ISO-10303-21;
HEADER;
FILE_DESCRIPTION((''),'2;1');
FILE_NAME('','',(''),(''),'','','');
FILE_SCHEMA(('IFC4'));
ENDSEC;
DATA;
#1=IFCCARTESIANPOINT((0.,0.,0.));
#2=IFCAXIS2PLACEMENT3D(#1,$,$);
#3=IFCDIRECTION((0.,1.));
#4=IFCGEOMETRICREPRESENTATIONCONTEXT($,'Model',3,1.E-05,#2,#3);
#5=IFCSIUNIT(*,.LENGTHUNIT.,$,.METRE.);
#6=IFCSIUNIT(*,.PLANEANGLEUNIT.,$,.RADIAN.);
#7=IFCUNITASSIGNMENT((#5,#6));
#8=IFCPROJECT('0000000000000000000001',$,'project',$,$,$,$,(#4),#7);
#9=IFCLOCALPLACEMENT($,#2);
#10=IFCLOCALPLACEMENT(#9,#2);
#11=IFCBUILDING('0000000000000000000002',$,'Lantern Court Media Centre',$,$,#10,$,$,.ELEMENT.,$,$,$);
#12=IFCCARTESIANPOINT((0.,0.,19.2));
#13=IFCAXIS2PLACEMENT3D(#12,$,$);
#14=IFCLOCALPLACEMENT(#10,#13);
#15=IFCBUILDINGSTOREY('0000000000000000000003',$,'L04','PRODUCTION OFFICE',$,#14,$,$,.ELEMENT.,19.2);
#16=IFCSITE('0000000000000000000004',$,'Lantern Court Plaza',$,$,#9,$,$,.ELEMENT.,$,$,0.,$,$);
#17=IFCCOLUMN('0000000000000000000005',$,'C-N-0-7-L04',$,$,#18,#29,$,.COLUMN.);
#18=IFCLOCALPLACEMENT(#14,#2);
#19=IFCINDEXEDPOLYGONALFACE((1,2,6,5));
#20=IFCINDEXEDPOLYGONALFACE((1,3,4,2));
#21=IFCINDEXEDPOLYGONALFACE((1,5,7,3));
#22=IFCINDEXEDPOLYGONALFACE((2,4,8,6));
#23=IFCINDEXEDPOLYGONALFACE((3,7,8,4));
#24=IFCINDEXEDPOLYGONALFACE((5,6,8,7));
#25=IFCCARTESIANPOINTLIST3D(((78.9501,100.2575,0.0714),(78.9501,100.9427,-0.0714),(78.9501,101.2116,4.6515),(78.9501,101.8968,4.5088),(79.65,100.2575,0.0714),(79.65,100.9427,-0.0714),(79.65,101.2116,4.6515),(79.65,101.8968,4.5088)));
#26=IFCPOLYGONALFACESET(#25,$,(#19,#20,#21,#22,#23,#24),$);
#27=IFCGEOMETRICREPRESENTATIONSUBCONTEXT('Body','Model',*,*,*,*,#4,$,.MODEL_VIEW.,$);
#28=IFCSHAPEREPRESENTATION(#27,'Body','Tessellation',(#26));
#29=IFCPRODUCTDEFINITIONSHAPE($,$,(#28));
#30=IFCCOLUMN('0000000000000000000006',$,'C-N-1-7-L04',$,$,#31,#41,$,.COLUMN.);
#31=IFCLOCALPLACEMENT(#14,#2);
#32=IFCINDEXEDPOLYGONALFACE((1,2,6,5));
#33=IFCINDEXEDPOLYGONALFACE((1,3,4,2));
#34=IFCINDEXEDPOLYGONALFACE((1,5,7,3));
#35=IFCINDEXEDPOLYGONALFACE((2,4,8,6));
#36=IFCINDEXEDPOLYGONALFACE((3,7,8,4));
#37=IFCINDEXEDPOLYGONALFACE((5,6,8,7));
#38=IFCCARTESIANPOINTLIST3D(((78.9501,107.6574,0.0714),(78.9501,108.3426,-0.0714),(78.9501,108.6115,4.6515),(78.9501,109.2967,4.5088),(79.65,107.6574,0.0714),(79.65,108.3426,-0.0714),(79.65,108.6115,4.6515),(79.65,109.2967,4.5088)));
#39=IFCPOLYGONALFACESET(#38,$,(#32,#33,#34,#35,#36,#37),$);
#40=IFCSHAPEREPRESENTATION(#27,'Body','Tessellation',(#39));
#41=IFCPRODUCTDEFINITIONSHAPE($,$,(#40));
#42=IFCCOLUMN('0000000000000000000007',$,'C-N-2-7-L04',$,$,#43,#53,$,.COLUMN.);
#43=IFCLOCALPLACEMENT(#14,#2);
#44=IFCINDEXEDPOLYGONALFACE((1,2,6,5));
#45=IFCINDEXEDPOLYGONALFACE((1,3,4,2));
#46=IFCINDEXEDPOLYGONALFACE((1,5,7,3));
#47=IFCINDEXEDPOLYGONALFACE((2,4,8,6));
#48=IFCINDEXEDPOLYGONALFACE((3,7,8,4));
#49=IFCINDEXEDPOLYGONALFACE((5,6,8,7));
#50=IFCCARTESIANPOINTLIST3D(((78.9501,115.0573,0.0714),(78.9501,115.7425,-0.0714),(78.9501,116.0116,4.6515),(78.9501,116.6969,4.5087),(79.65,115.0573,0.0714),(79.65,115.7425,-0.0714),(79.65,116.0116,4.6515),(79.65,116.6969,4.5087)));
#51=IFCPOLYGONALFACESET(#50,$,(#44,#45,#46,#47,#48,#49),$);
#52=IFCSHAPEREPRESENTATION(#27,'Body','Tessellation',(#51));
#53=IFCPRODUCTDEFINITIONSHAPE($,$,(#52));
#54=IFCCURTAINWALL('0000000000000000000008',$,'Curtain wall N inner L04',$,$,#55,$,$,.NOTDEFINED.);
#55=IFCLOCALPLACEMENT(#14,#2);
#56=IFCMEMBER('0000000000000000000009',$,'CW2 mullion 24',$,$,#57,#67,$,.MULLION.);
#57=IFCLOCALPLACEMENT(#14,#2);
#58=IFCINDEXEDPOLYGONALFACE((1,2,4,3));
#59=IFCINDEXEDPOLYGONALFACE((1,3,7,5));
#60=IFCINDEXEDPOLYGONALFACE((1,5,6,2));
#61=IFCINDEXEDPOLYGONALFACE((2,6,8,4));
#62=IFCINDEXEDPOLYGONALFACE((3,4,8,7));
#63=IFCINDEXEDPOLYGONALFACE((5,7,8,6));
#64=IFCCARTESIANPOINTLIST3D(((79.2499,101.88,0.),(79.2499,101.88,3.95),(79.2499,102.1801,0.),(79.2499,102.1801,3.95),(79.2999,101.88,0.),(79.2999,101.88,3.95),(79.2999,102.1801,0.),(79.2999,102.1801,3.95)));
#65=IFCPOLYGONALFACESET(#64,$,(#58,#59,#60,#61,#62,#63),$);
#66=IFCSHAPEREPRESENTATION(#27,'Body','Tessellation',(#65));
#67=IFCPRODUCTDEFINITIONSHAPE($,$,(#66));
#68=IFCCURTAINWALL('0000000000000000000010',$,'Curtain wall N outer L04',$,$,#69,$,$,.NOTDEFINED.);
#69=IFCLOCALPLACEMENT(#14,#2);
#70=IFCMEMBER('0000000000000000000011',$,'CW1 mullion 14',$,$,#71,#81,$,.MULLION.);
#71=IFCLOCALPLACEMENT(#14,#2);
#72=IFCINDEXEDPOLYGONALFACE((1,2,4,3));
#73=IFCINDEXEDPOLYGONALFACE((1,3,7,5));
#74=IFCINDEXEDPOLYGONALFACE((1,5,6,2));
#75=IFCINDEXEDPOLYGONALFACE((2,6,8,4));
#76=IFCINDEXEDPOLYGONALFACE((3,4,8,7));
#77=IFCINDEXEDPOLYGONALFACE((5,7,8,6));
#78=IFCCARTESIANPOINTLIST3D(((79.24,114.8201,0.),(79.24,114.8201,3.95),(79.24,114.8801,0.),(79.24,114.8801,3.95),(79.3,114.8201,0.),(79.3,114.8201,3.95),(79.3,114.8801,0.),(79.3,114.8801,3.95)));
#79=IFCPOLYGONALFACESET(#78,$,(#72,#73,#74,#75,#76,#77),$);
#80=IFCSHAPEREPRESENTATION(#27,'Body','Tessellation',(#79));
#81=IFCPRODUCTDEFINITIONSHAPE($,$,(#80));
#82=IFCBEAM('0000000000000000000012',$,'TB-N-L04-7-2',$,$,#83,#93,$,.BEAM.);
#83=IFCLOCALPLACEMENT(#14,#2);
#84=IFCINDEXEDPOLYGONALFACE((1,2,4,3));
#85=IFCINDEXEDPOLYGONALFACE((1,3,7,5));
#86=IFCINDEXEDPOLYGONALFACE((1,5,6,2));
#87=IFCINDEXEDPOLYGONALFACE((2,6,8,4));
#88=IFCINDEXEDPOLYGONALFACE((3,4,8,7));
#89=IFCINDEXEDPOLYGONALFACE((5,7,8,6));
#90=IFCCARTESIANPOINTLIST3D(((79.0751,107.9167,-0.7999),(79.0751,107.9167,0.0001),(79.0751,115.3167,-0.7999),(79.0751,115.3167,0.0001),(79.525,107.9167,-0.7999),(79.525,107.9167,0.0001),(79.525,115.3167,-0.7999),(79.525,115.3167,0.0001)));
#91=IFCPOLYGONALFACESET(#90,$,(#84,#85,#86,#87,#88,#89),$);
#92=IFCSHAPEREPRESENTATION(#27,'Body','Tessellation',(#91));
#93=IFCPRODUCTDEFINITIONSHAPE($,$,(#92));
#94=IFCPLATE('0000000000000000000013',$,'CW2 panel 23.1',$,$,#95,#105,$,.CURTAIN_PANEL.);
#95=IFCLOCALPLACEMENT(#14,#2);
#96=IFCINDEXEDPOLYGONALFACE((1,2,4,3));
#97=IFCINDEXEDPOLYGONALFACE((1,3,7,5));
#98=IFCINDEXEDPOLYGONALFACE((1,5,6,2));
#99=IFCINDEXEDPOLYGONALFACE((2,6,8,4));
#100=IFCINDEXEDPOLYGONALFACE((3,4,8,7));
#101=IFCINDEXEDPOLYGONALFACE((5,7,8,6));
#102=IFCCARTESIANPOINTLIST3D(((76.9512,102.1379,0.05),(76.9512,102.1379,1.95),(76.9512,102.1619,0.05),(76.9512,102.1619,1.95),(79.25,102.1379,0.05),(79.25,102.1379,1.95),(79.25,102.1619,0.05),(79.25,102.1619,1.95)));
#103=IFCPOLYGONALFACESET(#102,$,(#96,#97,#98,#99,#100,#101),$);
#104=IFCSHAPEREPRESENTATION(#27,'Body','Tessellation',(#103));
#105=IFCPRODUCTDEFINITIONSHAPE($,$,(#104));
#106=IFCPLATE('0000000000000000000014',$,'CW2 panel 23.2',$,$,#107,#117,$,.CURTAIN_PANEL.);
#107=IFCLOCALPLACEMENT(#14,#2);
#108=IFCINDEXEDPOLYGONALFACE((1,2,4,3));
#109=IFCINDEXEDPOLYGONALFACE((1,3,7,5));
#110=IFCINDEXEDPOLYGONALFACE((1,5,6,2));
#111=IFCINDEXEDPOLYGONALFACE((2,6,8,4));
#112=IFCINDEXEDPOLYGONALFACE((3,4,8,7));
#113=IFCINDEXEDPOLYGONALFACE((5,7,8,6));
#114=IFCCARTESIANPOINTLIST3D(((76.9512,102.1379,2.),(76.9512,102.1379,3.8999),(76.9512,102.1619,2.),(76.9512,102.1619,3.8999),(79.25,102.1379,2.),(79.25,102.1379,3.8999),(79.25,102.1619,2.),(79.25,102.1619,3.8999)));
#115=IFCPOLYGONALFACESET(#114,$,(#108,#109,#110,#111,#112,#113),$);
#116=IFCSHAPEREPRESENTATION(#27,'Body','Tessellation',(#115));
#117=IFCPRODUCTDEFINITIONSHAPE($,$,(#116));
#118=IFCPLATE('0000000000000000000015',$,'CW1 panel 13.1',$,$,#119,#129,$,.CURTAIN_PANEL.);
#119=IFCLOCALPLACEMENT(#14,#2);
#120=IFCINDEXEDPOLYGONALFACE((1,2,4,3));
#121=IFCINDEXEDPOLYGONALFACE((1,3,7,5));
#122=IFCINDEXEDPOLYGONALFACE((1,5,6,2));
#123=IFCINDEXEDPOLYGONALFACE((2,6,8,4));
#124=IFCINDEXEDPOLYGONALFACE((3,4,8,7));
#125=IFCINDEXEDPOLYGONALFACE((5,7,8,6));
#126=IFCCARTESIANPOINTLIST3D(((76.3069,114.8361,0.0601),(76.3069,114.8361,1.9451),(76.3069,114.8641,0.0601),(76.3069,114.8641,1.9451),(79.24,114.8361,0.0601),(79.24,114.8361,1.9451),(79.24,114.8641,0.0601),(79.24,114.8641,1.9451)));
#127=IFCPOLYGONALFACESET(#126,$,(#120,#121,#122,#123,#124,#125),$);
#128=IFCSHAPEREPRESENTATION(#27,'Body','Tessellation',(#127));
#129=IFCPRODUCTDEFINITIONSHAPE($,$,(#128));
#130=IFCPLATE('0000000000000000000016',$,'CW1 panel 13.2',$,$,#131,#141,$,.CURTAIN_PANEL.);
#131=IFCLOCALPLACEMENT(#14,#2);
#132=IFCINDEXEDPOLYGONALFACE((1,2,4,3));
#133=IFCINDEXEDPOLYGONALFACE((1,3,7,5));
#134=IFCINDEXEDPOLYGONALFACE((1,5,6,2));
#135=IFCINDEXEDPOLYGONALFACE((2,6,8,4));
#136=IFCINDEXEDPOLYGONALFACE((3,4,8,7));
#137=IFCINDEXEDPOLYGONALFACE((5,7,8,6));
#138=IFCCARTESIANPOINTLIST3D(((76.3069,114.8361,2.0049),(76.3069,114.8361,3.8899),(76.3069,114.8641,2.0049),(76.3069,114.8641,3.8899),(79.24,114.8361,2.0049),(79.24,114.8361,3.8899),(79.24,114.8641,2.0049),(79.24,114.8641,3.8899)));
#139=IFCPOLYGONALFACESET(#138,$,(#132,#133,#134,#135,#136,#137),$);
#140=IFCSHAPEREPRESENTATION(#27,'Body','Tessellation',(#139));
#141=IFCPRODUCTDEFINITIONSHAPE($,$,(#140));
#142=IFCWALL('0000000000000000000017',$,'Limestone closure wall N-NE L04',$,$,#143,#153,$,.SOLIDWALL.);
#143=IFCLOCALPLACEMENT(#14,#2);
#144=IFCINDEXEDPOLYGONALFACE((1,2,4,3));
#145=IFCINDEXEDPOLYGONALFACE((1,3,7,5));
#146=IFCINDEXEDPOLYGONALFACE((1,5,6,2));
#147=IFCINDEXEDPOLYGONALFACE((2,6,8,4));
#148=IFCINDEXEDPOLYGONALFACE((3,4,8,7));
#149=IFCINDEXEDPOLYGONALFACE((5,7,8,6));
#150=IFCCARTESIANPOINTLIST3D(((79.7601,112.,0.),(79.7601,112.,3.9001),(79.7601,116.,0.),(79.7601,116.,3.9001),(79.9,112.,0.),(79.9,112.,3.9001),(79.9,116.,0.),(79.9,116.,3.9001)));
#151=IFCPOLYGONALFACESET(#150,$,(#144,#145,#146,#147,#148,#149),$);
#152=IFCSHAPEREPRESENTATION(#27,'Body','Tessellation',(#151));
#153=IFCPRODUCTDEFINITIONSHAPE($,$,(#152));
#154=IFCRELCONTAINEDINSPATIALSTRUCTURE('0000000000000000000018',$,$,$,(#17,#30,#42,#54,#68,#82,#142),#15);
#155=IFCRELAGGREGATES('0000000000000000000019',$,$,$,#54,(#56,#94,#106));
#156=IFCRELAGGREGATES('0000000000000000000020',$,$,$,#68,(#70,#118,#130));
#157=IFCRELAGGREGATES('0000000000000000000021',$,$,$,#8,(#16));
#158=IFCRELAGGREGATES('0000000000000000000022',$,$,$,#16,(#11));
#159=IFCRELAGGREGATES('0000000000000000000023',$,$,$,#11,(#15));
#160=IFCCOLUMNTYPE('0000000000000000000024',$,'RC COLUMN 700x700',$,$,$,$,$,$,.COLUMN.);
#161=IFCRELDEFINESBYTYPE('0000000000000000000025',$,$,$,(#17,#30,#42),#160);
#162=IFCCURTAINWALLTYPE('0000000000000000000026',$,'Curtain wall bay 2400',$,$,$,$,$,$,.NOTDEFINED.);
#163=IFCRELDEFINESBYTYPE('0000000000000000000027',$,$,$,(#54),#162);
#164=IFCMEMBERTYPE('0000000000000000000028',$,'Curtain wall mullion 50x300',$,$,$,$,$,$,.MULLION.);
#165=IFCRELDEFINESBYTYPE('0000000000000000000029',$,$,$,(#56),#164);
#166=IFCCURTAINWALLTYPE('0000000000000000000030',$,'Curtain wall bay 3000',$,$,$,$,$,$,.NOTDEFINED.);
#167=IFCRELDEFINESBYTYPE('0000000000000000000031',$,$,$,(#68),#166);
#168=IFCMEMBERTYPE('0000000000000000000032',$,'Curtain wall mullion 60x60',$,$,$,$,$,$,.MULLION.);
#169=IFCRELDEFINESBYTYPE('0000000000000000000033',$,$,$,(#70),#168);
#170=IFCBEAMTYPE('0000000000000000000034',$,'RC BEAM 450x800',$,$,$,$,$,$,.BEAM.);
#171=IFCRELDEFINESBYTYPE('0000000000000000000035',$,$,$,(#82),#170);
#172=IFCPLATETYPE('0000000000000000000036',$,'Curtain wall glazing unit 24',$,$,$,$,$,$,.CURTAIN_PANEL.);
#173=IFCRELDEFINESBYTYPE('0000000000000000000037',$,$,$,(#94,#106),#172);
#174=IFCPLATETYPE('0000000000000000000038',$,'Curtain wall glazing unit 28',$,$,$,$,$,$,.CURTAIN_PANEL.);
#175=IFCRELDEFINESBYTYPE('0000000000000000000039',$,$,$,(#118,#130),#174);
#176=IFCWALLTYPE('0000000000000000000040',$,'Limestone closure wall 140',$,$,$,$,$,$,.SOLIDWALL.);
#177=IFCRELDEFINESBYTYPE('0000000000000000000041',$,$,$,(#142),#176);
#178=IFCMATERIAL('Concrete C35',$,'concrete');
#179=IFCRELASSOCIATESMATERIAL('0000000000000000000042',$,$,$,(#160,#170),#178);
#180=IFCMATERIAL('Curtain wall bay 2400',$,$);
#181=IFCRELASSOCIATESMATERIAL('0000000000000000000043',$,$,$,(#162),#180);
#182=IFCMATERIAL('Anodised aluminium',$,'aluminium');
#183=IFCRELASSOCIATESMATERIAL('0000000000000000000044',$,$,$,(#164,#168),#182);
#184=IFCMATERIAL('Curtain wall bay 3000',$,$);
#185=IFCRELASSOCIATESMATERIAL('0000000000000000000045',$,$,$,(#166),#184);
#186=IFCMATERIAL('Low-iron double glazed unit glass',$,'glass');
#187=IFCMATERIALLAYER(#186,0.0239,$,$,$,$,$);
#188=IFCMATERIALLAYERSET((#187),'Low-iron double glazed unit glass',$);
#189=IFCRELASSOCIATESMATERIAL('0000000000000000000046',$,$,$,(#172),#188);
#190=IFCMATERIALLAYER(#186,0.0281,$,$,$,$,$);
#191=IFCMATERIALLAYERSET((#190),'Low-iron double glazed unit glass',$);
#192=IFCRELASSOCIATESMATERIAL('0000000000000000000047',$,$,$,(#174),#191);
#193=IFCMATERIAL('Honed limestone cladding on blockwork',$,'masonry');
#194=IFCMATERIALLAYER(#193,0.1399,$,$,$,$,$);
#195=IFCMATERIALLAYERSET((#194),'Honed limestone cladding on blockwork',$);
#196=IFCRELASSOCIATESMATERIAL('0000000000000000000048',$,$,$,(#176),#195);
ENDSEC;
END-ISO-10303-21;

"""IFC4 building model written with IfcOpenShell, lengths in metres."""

from ifc_helpers import new_model, si_unit, direction, frame, frame_2d, origin, origin_2d, place, context, subcontext, project, spatial, rectangle, extrude, material, layer, layer_set, material_profile, profile_set, type_object, element, aggregate, save


model = new_model("IFC4")

# Units and contexts
model_context = context("Model", 3, precision=1e-05, world=origin(), true_north=direction((0.0, 1.0)))
body_context = subcontext(model_context, "Body", "Model", "MODEL_VIEW")
ifc_project = project(units=[si_unit("LENGTHUNIT", "METRE"), si_unit("PLANEANGLEUNIT", "RADIAN")], contexts=[model_context])

# Site, building, storey
site_placement = place(None, origin())
site = spatial("IfcSite", under=ifc_project, at=site_placement, Name="Lantern Court Plaza", CompositionType="ELEMENT", RefElevation=0.0)
building_placement = place(site_placement, origin())
building = spatial("IfcBuilding", under=site, at=building_placement, Name="Lantern Court Media Centre", CompositionType="ELEMENT")
storey_placement = place(building_placement, frame((0.0, 0.0, 19.2)))
storey = spatial("IfcBuildingStorey", under=building, at=storey_placement, Name="L04", Description="PRODUCTION OFFICE", CompositionType="ELEMENT", Elevation=19.2)

# Columns
ifc_material_1 = material(Name="Concrete C35", Category="concrete")
ifc_material_profile_1 = material_profile(ifc_material_1, rectangle(XDim=0.7, YDim=0.7, at=origin_2d()), Name="RC 700x700")
ifc_profile_set_1 = profile_set([ifc_material_profile_1], Name="Concrete C35")
column_type = type_object("IfcColumnType", Name="RC COLUMN 700x700", PredefinedType="COLUMN", material=ifc_profile_set_1)
for number, where, z_axis, x_axis, name in (
    (1, (79.3, 100.6001, 0.0), (0.0, 0.203938, 0.978984), (-1.0, 0.0, 0.0), "C-N-0-7-L04"),
    (2, (79.3, 108.0, 0.0), (0.0, 0.203938, 0.978984), (-1.0, 0.0, 0.0), "C-N-1-7-L04"),
    (3, (79.3, 115.3999, 0.0), (0.0, 0.203988, 0.978973), (-1.0, 0.0, 0.0), "C-N-2-7-L04"),
):
    element("IfcColumn", number, at=place(storey_placement, frame(where, z_axis=z_axis, x_axis=x_axis)), inside=storey, type_object=column_type, Name=name, PredefinedType="COLUMN", context=body_context, shape_type="SweptSolid", body=[
        extrude(rectangle(XDim=0.7, YDim=0.7, at=origin_2d()), origin(), (0.0, 0.0, 1.0), 4.6785),
    ])

# Curtain walls, members
ifc_material_2 = material(Name="Curtain wall bay 2400")
curtain_wall_type_1 = type_object("IfcCurtainWallType", Name="Curtain wall bay 2400", PredefinedType="NOTDEFINED", material=ifc_material_2)
curtain_wall_1_placement = place(storey_placement, origin())
curtain_wall_1 = element("IfcCurtainWall", 4, at=curtain_wall_1_placement, inside=storey, type_object=curtain_wall_type_1, Name="Curtain wall N inner L04", PredefinedType="NOTDEFINED")
ifc_material_3 = material(Name="Anodised aluminium", Category="aluminium")
ifc_material_profile_2 = material_profile(ifc_material_3, rectangle(XDim=0.3, YDim=0.05, at=origin_2d()), Name="AL 50x300")
ifc_profile_set_2 = profile_set([ifc_material_profile_2], Name="Anodised aluminium")
member_type_1 = type_object("IfcMemberType", Name="Curtain wall mullion 50x300", PredefinedType="MULLION", material=ifc_profile_set_2)
member_1_placement = place(storey_placement, frame((79.2749, 102.03, 0.0), z_axis=(0.0, 0.0, 1.0), x_axis=(0.0, 1.0, 0.0)))
member_1 = element("IfcMember", 5, at=member_1_placement, type_object=member_type_1, Name="CW2 mullion 24", PredefinedType="MULLION", context=body_context, shape_type="SweptSolid", body=[
    extrude(rectangle(XDim=0.3, YDim=0.05, at=origin_2d()), origin(), (0.0, 0.0, 1.0), 3.95),
])
ifc_material_4 = material(Name="Curtain wall bay 3000")
curtain_wall_type_2 = type_object("IfcCurtainWallType", Name="Curtain wall bay 3000", PredefinedType="NOTDEFINED", material=ifc_material_4)
curtain_wall_2_placement = place(storey_placement, origin())
curtain_wall_2 = element("IfcCurtainWall", 6, at=curtain_wall_2_placement, inside=storey, type_object=curtain_wall_type_2, Name="Curtain wall N outer L04", PredefinedType="NOTDEFINED")
ifc_material_profile_3 = material_profile(ifc_material_3, rectangle(XDim=0.0601, YDim=0.0601, at=origin_2d()), Name="AL 60x60")
ifc_profile_set_3 = profile_set([ifc_material_profile_3], Name="Anodised aluminium")
member_type_2 = type_object("IfcMemberType", Name="Curtain wall mullion 60x60", PredefinedType="MULLION", material=ifc_profile_set_3)
member_2_placement = place(storey_placement, frame((79.27, 114.8501, 0.0), z_axis=(0.0, 0.0, 1.0), x_axis=(0.0, 1.0, 0.0)))
member_2 = element("IfcMember", 7, at=member_2_placement, type_object=member_type_2, Name="CW1 mullion 14", PredefinedType="MULLION", context=body_context, shape_type="SweptSolid", body=[
    extrude(rectangle(XDim=0.0601, YDim=0.0601, at=origin_2d()), origin(), (0.0, 0.0, 1.0), 3.95),
])

# Beam
ifc_material_profile_4 = material_profile(ifc_material_1, rectangle(XDim=0.45, YDim=0.8, at=origin_2d()), Name="RC 450x800")
ifc_profile_set_4 = profile_set([ifc_material_profile_4], Name="Concrete C35")
beam_type = type_object("IfcBeamType", Name="RC BEAM 450x800", PredefinedType="BEAM", material=ifc_profile_set_4)
beam_placement = place(storey_placement, frame((79.3, 107.9167, -0.3999), z_axis=(0.0, 1.0, 0.0), x_axis=(-1.0, 0.0, 0.0)))
element("IfcBeam", 8, at=beam_placement, inside=storey, type_object=beam_type, Name="TB-N-L04-7-2", PredefinedType="BEAM", context=body_context, shape_type="SweptSolid", body=[
    extrude(rectangle(XDim=0.45, YDim=0.8, at=origin_2d()), origin(), (0.0, 0.0, 1.0), 7.3999),
])

# Plates
ifc_material_5 = material(Name="Low-iron double glazed unit glass", Category="glass")
ifc_layer_1 = layer(ifc_material_5, 0.0239)
ifc_layer_set_1 = layer_set([ifc_layer_1], Name="Low-iron double glazed unit glass")
plate_type_1 = type_object("IfcPlateType", Name="Curtain wall glazing unit 24", PredefinedType="CURTAIN_PANEL", material=ifc_layer_set_1)
plate_1_placement = place(storey_placement, frame((78.1006, 102.1499, 0.05), z_axis=(0.0, 0.0, 1.0), x_axis=(1.0, 0.0, 0.0)))
plate_1 = element("IfcPlate", 9, at=plate_1_placement, type_object=plate_type_1, Name="CW2 panel 23.1", PredefinedType="CURTAIN_PANEL", context=body_context, shape_type="SweptSolid", body=[
    extrude(rectangle(XDim=2.2988, YDim=0.0239, at=origin_2d()), origin(), (0.0, 0.0, 1.0), 1.8999),
])
plate_2_placement = place(storey_placement, frame((78.1006, 102.1499, 2.0), z_axis=(0.0, 0.0, 1.0), x_axis=(1.0, 0.0, 0.0)))
plate_2 = element("IfcPlate", 10, at=plate_2_placement, type_object=plate_type_1, Name="CW2 panel 23.2", PredefinedType="CURTAIN_PANEL", context=body_context, shape_type="SweptSolid", body=[
    extrude(rectangle(XDim=2.2988, YDim=0.0239, at=origin_2d()), origin(), (0.0, 0.0, 1.0), 1.8999),
])
aggregate(curtain_wall_1, [member_1, plate_1, plate_2])
ifc_layer_2 = layer(ifc_material_5, 0.0281)
ifc_layer_set_2 = layer_set([ifc_layer_2], Name="Low-iron double glazed unit glass")
plate_type_2 = type_object("IfcPlateType", Name="Curtain wall glazing unit 28", PredefinedType="CURTAIN_PANEL", material=ifc_layer_set_2)
plate_3_placement = place(storey_placement, frame((77.7734, 114.8501, 0.0601), z_axis=(0.0, 0.0, 1.0), x_axis=(1.0, 0.0, 0.0)))
plate_3 = element("IfcPlate", 11, at=plate_3_placement, type_object=plate_type_2, Name="CW1 panel 13.1", PredefinedType="CURTAIN_PANEL", context=body_context, shape_type="SweptSolid", body=[
    extrude(rectangle(XDim=2.9331, YDim=0.0281, at=origin_2d()), origin(), (0.0, 0.0, 1.0), 1.885),
])
plate_4_placement = place(storey_placement, frame((77.7734, 114.8501, 2.0049), z_axis=(0.0, 0.0, 1.0), x_axis=(1.0, 0.0, 0.0)))
plate_4 = element("IfcPlate", 12, at=plate_4_placement, type_object=plate_type_2, Name="CW1 panel 13.2", PredefinedType="CURTAIN_PANEL", context=body_context, shape_type="SweptSolid", body=[
    extrude(rectangle(XDim=2.9331, YDim=0.0281, at=origin_2d()), origin(), (0.0, 0.0, 1.0), 1.885),
])
aggregate(curtain_wall_2, [member_2, plate_3, plate_4])

# Wall
ifc_material_6 = material(Name="Honed limestone cladding on blockwork", Category="masonry")
ifc_layer_3 = layer(ifc_material_6, 0.1399)
ifc_layer_set_3 = layer_set([ifc_layer_3], Name="Honed limestone cladding on blockwork")
wall_type_1 = type_object("IfcWallType", Name="Limestone closure wall 140", PredefinedType="SOLIDWALL", material=ifc_layer_set_3)
wall_1_placement = place(storey_placement, frame((79.8301, 112.0, 0.0), z_axis=(0.0, 0.0, 1.0), x_axis=(0.0, 1.0, 0.0)))
element("IfcWall", 13, at=wall_1_placement, inside=storey, type_object=wall_type_1, Name="Limestone closure wall N-NE L04", PredefinedType="SOLIDWALL", context=body_context, shape_type="SweptSolid", body=[
    extrude(rectangle(XDim=4.0, YDim=0.1399, at=frame_2d((2.0, 0.0))), origin(), (0.0, 0.0, 1.0), 3.9001),
])

save(model, "model.ifc")
